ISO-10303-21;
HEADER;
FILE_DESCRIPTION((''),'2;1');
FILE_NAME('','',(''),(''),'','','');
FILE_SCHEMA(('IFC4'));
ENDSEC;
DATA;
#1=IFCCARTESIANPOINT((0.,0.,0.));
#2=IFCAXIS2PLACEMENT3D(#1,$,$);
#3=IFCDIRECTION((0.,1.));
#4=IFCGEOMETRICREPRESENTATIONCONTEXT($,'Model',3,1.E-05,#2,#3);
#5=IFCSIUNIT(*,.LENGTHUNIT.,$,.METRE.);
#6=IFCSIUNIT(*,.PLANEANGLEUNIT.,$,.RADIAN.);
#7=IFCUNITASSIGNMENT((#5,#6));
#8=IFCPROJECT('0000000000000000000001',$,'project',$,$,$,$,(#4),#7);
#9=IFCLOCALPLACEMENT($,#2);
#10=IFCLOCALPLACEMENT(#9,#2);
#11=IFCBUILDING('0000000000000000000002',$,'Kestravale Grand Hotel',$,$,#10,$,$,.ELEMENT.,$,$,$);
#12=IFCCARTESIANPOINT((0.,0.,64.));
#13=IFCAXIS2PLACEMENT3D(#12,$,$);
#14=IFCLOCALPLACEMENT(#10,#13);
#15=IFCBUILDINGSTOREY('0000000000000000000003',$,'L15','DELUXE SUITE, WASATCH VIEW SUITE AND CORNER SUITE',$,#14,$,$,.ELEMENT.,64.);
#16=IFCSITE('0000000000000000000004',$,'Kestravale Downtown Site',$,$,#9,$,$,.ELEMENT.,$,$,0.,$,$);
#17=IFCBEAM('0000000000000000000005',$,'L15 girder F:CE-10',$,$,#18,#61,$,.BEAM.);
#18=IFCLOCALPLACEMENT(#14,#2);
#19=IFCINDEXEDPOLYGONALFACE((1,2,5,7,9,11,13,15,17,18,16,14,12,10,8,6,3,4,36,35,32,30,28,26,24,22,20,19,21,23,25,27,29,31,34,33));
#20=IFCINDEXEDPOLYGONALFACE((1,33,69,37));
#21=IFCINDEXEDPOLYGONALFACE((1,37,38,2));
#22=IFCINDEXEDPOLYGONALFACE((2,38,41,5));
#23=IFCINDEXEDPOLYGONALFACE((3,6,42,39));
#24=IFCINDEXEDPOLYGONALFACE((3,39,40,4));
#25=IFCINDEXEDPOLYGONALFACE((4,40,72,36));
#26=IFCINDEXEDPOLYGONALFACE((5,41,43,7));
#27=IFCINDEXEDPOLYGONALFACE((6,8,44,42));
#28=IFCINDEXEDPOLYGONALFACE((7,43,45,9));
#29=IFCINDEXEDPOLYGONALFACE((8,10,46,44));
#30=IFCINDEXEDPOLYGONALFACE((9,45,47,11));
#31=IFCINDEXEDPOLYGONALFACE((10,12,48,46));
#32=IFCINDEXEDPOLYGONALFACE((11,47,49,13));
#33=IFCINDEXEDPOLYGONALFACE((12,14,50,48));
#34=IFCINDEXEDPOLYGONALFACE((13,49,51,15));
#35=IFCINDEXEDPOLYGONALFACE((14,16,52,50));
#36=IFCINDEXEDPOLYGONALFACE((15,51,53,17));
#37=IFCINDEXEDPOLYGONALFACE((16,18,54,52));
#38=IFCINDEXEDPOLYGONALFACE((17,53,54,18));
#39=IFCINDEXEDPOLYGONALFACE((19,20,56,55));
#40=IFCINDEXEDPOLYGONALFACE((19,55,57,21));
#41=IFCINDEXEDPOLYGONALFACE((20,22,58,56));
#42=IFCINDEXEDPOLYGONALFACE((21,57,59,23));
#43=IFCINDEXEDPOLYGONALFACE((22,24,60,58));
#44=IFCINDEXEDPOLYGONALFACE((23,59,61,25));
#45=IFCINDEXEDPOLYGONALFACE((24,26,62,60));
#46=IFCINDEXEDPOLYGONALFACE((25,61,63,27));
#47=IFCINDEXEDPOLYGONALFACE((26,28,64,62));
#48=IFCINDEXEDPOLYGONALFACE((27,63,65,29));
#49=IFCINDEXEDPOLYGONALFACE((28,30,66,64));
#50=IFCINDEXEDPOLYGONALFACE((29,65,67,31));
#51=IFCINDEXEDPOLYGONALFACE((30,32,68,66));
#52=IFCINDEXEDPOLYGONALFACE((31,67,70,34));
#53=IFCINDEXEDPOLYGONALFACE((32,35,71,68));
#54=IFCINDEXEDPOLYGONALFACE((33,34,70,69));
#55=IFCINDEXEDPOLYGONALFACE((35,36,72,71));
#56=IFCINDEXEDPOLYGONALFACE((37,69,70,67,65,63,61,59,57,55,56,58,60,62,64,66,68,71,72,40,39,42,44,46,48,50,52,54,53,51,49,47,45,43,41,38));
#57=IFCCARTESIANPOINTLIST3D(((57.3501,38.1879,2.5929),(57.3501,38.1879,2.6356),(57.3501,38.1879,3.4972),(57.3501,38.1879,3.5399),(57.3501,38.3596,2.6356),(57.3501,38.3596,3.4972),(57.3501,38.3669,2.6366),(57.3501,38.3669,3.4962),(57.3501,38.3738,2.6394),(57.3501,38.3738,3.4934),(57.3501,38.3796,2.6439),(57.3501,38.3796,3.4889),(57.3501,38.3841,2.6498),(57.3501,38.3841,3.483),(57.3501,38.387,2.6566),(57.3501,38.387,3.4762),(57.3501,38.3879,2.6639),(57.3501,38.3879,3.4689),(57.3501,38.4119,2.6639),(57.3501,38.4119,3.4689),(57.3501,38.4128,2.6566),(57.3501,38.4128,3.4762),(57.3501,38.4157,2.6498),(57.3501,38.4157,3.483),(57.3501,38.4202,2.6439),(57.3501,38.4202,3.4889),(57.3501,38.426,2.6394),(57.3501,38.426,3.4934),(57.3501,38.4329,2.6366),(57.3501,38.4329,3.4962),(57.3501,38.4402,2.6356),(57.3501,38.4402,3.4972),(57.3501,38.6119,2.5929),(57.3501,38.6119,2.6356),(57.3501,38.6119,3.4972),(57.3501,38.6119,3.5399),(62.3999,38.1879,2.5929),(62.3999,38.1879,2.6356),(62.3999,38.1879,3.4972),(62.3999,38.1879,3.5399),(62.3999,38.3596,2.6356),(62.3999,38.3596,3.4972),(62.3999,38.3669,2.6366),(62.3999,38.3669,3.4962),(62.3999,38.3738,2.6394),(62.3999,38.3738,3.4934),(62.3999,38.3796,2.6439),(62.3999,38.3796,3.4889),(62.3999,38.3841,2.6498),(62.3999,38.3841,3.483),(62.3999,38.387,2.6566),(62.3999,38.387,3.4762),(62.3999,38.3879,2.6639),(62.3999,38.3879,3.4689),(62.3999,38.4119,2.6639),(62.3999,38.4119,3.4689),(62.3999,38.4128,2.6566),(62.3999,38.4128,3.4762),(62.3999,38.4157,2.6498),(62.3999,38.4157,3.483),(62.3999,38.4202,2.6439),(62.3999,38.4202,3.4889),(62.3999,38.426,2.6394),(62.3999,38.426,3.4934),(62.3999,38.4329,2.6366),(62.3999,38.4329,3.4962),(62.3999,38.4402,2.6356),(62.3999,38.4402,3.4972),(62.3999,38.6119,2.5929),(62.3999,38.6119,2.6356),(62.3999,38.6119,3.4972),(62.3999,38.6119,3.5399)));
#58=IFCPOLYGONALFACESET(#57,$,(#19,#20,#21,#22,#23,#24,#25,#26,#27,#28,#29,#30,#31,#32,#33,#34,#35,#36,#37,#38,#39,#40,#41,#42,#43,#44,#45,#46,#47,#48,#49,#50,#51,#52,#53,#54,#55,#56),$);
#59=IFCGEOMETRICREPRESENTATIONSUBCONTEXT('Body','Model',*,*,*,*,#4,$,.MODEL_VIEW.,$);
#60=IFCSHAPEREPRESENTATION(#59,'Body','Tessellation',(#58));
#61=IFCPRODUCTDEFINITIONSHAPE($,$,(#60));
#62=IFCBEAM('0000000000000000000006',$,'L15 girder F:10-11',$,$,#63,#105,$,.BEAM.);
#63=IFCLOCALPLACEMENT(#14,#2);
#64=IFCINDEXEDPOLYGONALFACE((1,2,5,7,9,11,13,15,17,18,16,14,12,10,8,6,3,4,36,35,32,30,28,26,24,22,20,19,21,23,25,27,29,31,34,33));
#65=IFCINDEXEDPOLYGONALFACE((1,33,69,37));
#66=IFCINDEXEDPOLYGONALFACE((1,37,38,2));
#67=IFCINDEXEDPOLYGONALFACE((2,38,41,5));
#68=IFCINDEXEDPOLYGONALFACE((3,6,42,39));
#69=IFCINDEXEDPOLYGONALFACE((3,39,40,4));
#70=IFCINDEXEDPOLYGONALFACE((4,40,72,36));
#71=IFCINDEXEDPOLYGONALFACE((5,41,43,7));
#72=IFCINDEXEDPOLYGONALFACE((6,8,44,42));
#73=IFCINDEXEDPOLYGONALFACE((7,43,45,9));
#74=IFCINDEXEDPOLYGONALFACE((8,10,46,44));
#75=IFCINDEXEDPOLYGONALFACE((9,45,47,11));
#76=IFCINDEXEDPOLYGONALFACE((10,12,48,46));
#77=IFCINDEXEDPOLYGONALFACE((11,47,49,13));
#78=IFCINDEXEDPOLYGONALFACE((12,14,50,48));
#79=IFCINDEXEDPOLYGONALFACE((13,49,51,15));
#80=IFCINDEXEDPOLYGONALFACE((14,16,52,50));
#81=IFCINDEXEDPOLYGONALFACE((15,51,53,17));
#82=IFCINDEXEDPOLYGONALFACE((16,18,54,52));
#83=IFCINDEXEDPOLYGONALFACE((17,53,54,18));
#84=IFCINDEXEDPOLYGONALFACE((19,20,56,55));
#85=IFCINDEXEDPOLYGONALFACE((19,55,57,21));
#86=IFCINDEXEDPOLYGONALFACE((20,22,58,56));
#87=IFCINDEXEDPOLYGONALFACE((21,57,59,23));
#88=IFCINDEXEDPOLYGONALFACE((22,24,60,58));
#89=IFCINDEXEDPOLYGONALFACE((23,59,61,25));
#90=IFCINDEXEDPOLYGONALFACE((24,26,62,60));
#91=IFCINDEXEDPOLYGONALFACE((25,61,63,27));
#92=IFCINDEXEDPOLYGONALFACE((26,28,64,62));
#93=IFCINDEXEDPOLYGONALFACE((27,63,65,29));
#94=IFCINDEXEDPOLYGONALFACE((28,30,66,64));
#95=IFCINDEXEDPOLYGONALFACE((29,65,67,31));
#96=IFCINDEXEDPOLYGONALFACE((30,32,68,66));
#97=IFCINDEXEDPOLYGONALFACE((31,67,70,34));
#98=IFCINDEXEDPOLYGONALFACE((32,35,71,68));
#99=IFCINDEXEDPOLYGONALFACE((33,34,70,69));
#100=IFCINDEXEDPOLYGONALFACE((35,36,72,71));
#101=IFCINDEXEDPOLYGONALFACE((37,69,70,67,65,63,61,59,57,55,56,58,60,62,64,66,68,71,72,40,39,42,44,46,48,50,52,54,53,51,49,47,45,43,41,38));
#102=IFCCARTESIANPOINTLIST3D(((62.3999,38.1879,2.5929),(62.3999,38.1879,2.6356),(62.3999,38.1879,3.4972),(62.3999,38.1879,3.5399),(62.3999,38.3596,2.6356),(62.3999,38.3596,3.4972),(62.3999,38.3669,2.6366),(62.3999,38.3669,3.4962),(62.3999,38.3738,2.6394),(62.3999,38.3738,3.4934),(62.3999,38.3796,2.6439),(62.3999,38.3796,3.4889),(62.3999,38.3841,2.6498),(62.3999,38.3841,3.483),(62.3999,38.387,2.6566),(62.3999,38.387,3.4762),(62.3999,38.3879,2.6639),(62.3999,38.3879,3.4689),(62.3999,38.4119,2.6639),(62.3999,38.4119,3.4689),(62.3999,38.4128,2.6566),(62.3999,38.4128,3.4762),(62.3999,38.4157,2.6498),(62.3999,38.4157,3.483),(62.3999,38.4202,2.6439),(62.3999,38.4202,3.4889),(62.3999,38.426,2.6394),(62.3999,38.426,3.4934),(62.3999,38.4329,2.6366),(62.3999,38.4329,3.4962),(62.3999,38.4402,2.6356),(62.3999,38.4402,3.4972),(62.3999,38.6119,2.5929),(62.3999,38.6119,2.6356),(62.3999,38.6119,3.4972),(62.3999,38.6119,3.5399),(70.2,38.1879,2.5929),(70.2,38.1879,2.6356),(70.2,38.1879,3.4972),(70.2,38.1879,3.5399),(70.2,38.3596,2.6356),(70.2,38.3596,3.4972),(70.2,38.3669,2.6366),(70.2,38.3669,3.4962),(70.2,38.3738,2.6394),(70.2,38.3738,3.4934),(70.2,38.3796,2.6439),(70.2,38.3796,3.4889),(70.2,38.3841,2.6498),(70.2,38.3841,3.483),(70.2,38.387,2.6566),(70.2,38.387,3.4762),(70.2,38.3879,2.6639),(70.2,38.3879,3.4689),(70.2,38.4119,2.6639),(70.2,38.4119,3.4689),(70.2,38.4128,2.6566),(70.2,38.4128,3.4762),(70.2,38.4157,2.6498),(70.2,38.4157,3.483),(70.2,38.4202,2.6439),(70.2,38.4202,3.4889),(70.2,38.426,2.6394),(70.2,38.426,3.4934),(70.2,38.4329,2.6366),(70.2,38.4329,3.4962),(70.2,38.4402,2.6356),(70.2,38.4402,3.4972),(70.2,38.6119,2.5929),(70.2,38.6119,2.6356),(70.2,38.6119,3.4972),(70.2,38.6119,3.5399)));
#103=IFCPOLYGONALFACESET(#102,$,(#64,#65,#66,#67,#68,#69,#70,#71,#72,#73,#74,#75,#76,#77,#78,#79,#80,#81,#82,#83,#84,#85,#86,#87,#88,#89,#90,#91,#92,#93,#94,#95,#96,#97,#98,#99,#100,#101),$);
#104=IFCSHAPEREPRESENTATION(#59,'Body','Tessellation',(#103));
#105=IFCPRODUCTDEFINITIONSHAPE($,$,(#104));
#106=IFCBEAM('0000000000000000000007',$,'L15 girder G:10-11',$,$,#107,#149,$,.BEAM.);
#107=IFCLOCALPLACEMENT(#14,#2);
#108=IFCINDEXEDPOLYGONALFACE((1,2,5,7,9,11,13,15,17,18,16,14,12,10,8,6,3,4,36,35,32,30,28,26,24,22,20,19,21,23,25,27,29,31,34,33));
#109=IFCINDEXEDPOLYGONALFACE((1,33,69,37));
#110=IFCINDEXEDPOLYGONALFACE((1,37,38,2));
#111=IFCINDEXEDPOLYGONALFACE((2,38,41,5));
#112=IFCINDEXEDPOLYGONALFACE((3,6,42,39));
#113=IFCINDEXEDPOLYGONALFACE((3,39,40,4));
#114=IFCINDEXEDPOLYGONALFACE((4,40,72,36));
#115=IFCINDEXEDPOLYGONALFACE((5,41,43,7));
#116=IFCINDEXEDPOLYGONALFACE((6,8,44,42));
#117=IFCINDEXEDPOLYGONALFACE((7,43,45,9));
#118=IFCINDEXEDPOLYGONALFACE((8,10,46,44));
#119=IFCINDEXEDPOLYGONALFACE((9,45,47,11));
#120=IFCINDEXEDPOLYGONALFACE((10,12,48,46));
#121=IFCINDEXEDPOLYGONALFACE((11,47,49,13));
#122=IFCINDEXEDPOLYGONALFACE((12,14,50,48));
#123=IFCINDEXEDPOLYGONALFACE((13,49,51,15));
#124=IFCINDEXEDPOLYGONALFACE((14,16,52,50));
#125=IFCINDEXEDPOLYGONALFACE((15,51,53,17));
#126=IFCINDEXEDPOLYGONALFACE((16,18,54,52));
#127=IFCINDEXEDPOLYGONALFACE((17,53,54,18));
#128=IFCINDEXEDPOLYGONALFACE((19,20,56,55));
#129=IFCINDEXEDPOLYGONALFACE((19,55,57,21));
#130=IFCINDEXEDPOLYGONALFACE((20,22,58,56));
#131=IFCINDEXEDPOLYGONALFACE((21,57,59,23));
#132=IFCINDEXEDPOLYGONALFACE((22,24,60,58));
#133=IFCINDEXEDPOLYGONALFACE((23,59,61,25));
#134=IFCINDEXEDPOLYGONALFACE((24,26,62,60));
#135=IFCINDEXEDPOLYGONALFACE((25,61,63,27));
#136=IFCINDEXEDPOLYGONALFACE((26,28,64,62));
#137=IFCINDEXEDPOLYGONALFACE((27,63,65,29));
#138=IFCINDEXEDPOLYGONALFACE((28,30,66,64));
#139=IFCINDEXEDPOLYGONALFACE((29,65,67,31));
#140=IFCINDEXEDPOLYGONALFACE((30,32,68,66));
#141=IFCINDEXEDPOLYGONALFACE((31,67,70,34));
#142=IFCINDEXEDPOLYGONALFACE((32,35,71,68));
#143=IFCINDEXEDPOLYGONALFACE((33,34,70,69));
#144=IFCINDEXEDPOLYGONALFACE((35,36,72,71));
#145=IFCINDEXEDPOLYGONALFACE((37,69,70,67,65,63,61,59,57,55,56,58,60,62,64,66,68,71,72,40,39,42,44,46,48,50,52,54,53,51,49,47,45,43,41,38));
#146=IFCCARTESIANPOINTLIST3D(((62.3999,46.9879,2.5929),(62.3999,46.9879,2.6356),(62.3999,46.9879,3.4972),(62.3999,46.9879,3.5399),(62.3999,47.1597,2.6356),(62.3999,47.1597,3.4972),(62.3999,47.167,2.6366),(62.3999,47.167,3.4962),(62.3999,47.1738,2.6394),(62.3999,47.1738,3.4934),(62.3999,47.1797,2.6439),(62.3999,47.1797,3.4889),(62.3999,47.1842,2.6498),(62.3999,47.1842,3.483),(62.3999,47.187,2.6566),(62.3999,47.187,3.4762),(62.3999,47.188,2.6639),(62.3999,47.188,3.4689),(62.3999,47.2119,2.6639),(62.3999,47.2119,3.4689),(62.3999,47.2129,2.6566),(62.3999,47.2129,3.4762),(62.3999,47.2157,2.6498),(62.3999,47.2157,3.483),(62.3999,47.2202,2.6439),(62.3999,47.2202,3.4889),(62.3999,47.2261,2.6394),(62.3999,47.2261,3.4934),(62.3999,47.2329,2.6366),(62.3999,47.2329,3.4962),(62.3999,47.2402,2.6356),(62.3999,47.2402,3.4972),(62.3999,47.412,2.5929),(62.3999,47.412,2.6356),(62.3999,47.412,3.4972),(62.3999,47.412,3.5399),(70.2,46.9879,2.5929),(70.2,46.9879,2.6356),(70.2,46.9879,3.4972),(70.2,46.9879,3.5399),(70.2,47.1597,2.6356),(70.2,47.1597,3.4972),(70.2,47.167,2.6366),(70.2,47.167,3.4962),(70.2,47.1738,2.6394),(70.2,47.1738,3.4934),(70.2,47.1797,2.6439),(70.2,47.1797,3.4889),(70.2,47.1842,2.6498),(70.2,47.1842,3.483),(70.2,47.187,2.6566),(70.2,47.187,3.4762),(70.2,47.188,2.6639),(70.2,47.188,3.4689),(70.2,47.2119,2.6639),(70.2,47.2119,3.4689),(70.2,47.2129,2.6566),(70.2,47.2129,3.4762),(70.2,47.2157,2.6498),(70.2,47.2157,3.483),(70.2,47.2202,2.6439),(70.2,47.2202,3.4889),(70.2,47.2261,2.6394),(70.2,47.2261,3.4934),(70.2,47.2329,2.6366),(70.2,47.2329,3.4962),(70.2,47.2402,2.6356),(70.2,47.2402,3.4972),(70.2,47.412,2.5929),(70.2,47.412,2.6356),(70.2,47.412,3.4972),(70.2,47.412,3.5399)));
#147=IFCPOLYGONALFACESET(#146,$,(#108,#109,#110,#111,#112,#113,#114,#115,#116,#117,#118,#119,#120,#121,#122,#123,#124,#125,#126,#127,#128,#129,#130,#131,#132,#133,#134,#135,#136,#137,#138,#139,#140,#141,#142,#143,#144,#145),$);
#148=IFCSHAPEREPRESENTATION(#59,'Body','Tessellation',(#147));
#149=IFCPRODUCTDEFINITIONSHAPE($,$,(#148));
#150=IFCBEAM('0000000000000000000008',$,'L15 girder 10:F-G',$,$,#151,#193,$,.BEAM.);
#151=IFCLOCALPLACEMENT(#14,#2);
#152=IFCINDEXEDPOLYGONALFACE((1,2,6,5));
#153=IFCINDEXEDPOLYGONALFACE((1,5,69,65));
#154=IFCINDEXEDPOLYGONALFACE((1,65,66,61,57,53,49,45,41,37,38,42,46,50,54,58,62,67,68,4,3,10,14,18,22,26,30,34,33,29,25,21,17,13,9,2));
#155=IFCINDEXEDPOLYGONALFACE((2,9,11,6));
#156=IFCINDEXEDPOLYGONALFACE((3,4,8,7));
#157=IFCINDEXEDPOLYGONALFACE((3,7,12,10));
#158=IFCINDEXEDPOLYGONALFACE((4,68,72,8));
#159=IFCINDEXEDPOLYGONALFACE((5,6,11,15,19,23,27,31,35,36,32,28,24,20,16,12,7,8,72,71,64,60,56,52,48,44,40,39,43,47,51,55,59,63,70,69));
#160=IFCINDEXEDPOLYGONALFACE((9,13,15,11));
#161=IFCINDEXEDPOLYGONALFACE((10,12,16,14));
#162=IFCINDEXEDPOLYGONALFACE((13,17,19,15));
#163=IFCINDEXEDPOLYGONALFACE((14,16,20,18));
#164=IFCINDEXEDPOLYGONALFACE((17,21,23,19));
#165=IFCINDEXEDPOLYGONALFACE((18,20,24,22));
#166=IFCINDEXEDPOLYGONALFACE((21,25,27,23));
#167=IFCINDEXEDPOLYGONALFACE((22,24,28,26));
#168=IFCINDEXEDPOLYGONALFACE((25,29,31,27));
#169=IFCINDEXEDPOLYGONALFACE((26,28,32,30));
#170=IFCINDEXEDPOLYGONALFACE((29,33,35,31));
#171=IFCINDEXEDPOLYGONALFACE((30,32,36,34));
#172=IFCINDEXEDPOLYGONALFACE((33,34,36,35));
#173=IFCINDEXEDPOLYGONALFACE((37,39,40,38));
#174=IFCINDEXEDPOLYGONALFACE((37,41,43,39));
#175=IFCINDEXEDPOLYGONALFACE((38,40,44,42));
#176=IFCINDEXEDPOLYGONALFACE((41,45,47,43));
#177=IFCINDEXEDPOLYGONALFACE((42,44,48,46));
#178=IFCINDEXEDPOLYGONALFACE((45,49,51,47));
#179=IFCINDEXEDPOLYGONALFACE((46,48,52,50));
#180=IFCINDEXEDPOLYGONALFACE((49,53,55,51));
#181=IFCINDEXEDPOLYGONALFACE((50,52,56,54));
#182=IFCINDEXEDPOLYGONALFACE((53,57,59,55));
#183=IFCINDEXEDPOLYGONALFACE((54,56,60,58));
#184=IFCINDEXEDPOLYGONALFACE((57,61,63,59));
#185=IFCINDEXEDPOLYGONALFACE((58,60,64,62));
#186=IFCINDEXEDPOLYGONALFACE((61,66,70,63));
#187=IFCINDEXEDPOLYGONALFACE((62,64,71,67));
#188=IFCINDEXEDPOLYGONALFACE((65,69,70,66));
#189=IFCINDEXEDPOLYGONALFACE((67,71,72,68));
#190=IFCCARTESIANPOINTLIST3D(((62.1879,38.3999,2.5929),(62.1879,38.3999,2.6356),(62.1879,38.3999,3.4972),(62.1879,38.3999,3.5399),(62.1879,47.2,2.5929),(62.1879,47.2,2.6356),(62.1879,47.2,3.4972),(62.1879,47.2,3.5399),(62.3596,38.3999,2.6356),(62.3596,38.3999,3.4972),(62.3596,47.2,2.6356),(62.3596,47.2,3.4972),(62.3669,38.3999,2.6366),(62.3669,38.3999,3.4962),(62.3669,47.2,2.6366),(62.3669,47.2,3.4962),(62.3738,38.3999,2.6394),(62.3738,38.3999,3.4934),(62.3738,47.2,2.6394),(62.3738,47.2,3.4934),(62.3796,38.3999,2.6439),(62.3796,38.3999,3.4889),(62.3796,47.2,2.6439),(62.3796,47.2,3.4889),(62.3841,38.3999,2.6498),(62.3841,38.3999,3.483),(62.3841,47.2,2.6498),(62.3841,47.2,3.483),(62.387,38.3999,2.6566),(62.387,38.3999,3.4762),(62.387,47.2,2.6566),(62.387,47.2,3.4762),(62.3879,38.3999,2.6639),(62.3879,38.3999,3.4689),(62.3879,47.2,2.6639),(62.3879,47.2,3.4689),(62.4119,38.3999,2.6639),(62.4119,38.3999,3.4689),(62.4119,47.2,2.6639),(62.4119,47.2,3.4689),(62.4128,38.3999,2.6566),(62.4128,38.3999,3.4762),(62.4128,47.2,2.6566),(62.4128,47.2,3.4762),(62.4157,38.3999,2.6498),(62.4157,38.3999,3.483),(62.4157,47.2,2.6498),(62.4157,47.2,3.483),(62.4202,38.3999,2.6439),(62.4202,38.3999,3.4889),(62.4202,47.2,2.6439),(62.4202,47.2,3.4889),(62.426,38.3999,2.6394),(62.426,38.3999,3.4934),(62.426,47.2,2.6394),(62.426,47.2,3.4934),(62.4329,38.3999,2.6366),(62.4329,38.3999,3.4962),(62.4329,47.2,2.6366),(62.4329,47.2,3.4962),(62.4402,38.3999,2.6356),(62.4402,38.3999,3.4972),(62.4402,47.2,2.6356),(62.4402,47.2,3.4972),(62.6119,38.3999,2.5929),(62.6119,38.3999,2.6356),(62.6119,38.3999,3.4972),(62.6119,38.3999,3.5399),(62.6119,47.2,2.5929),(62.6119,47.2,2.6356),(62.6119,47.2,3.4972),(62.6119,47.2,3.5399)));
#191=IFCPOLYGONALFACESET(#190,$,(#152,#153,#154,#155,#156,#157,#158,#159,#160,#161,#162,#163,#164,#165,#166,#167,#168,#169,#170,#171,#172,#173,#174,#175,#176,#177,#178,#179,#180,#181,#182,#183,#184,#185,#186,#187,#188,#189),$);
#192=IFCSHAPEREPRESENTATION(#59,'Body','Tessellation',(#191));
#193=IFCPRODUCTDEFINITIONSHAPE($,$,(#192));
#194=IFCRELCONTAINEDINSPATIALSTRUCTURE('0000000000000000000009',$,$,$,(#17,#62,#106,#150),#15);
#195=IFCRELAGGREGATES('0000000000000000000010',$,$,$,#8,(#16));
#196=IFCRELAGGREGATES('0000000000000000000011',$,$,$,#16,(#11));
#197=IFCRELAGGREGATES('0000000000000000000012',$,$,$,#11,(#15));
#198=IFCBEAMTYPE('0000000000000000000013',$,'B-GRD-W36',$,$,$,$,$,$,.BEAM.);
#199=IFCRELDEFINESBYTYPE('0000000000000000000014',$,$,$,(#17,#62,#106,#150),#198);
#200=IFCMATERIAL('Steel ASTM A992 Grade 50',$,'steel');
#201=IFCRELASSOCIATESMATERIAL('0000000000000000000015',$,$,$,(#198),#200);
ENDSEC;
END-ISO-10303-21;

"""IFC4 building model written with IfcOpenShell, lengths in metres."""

from ifc_helpers import new_model, si_unit, direction, frame, origin, origin_2d, place, context, subcontext, project, spatial, i_section, extrude, material, material_profile, profile_set, type_object, element, save


model = new_model("IFC4")

# Units and contexts
model_context = context("Model", 3, precision=1e-05, world=origin(), true_north=direction((0.0, 1.0)))
body_context = subcontext(model_context, "Body", "Model", "MODEL_VIEW")
ifc_project = project(units=[si_unit("LENGTHUNIT", "METRE"), si_unit("PLANEANGLEUNIT", "RADIAN")], contexts=[model_context])

# Site, building, storey
site_placement = place(None, origin())
site = spatial("IfcSite", under=ifc_project, at=site_placement, Name="Kestravale Downtown Site", CompositionType="ELEMENT", RefElevation=0.0)
building_placement = place(site_placement, origin())
building = spatial("IfcBuilding", under=site, at=building_placement, Name="Kestravale Grand Hotel", CompositionType="ELEMENT")
storey_placement = place(building_placement, frame((0.0, 0.0, 64.0)))
storey = spatial("IfcBuildingStorey", under=building, at=storey_placement, Name="L15", Description="DELUXE SUITE, WASATCH VIEW SUITE AND CORNER SUITE", CompositionType="ELEMENT", Elevation=64.0)

# Beams
ifc_material_1 = material(Name="Steel ASTM A992 Grade 50", Category="steel")
ifc_material_profile_1 = material_profile(ifc_material_1, i_section(OverallWidth=0.4241, OverallDepth=0.947, WebThickness=0.0239, FlangeThickness=0.0427, FilletRadius=0.0283, at=origin_2d()))
ifc_profile_set_1 = profile_set([ifc_material_profile_1], Name="Steel ASTM A992 Grade 50")
beam_type_1 = type_object("IfcBeamType", Name="B-GRD-W36", PredefinedType="BEAM", material=ifc_profile_set_1)
beam_1_placement = place(storey_placement, frame((57.3501, 38.3999, 3.0664), z_axis=(1.0, 0.0, 0.0), x_axis=(0.0, 1.0, 0.0)))
element("IfcBeam", 1, at=beam_1_placement, inside=storey, type_object=beam_type_1, Name="L15 girder F:CE-10", PredefinedType="BEAM", context=body_context, shape_type="SweptSolid", body=[
    extrude(i_section(OverallWidth=0.4241, OverallDepth=0.947, WebThickness=0.0239, FlangeThickness=0.0427, FilletRadius=0.0283, at=origin_2d()), origin(), (0.0, 0.0, 1.0), 5.0498),
])
for number, where, z_axis, x_axis, name in (
    (2, (62.3999, 38.3999, 3.0664), (1.0, 0.0, 0.0), (0.0, 1.0, 0.0), "L15 girder F:10-11"),
    (3, (62.3999, 47.2, 3.0664), (1.0, 0.0, 0.0), (0.0, 1.0, 0.0), "L15 girder G:10-11"),
):
    element("IfcBeam", number, at=place(storey_placement, frame(where, z_axis=z_axis, x_axis=x_axis)), inside=storey, type_object=beam_type_1, Name=name, PredefinedType="BEAM", context=body_context, shape_type="SweptSolid", body=[
        extrude(i_section(OverallWidth=0.4241, OverallDepth=0.947, WebThickness=0.0239, FlangeThickness=0.0427, FilletRadius=0.0283, at=origin_2d()), origin(), (0.0, 0.0, 1.0), 7.8),
    ])
for number, where, z_axis, x_axis, name in (
    (4, (62.3999, 38.3999, 3.0664), (0.0, 1.0, 0.0), (-1.0, 0.0, 0.0), "L15 girder 10:F-G"),
):
    element("IfcBeam", number, at=place(storey_placement, frame(where, z_axis=z_axis, x_axis=x_axis)), inside=storey, type_object=beam_type_1, Name=name, PredefinedType="BEAM", context=body_context, shape_type="SweptSolid", body=[
        extrude(i_section(OverallWidth=0.4241, OverallDepth=0.947, WebThickness=0.0239, FlangeThickness=0.0427, FilletRadius=0.0283, at=origin_2d()), origin(), (0.0, 0.0, 1.0), 8.8),
    ])

save(model, "model.ifc")
